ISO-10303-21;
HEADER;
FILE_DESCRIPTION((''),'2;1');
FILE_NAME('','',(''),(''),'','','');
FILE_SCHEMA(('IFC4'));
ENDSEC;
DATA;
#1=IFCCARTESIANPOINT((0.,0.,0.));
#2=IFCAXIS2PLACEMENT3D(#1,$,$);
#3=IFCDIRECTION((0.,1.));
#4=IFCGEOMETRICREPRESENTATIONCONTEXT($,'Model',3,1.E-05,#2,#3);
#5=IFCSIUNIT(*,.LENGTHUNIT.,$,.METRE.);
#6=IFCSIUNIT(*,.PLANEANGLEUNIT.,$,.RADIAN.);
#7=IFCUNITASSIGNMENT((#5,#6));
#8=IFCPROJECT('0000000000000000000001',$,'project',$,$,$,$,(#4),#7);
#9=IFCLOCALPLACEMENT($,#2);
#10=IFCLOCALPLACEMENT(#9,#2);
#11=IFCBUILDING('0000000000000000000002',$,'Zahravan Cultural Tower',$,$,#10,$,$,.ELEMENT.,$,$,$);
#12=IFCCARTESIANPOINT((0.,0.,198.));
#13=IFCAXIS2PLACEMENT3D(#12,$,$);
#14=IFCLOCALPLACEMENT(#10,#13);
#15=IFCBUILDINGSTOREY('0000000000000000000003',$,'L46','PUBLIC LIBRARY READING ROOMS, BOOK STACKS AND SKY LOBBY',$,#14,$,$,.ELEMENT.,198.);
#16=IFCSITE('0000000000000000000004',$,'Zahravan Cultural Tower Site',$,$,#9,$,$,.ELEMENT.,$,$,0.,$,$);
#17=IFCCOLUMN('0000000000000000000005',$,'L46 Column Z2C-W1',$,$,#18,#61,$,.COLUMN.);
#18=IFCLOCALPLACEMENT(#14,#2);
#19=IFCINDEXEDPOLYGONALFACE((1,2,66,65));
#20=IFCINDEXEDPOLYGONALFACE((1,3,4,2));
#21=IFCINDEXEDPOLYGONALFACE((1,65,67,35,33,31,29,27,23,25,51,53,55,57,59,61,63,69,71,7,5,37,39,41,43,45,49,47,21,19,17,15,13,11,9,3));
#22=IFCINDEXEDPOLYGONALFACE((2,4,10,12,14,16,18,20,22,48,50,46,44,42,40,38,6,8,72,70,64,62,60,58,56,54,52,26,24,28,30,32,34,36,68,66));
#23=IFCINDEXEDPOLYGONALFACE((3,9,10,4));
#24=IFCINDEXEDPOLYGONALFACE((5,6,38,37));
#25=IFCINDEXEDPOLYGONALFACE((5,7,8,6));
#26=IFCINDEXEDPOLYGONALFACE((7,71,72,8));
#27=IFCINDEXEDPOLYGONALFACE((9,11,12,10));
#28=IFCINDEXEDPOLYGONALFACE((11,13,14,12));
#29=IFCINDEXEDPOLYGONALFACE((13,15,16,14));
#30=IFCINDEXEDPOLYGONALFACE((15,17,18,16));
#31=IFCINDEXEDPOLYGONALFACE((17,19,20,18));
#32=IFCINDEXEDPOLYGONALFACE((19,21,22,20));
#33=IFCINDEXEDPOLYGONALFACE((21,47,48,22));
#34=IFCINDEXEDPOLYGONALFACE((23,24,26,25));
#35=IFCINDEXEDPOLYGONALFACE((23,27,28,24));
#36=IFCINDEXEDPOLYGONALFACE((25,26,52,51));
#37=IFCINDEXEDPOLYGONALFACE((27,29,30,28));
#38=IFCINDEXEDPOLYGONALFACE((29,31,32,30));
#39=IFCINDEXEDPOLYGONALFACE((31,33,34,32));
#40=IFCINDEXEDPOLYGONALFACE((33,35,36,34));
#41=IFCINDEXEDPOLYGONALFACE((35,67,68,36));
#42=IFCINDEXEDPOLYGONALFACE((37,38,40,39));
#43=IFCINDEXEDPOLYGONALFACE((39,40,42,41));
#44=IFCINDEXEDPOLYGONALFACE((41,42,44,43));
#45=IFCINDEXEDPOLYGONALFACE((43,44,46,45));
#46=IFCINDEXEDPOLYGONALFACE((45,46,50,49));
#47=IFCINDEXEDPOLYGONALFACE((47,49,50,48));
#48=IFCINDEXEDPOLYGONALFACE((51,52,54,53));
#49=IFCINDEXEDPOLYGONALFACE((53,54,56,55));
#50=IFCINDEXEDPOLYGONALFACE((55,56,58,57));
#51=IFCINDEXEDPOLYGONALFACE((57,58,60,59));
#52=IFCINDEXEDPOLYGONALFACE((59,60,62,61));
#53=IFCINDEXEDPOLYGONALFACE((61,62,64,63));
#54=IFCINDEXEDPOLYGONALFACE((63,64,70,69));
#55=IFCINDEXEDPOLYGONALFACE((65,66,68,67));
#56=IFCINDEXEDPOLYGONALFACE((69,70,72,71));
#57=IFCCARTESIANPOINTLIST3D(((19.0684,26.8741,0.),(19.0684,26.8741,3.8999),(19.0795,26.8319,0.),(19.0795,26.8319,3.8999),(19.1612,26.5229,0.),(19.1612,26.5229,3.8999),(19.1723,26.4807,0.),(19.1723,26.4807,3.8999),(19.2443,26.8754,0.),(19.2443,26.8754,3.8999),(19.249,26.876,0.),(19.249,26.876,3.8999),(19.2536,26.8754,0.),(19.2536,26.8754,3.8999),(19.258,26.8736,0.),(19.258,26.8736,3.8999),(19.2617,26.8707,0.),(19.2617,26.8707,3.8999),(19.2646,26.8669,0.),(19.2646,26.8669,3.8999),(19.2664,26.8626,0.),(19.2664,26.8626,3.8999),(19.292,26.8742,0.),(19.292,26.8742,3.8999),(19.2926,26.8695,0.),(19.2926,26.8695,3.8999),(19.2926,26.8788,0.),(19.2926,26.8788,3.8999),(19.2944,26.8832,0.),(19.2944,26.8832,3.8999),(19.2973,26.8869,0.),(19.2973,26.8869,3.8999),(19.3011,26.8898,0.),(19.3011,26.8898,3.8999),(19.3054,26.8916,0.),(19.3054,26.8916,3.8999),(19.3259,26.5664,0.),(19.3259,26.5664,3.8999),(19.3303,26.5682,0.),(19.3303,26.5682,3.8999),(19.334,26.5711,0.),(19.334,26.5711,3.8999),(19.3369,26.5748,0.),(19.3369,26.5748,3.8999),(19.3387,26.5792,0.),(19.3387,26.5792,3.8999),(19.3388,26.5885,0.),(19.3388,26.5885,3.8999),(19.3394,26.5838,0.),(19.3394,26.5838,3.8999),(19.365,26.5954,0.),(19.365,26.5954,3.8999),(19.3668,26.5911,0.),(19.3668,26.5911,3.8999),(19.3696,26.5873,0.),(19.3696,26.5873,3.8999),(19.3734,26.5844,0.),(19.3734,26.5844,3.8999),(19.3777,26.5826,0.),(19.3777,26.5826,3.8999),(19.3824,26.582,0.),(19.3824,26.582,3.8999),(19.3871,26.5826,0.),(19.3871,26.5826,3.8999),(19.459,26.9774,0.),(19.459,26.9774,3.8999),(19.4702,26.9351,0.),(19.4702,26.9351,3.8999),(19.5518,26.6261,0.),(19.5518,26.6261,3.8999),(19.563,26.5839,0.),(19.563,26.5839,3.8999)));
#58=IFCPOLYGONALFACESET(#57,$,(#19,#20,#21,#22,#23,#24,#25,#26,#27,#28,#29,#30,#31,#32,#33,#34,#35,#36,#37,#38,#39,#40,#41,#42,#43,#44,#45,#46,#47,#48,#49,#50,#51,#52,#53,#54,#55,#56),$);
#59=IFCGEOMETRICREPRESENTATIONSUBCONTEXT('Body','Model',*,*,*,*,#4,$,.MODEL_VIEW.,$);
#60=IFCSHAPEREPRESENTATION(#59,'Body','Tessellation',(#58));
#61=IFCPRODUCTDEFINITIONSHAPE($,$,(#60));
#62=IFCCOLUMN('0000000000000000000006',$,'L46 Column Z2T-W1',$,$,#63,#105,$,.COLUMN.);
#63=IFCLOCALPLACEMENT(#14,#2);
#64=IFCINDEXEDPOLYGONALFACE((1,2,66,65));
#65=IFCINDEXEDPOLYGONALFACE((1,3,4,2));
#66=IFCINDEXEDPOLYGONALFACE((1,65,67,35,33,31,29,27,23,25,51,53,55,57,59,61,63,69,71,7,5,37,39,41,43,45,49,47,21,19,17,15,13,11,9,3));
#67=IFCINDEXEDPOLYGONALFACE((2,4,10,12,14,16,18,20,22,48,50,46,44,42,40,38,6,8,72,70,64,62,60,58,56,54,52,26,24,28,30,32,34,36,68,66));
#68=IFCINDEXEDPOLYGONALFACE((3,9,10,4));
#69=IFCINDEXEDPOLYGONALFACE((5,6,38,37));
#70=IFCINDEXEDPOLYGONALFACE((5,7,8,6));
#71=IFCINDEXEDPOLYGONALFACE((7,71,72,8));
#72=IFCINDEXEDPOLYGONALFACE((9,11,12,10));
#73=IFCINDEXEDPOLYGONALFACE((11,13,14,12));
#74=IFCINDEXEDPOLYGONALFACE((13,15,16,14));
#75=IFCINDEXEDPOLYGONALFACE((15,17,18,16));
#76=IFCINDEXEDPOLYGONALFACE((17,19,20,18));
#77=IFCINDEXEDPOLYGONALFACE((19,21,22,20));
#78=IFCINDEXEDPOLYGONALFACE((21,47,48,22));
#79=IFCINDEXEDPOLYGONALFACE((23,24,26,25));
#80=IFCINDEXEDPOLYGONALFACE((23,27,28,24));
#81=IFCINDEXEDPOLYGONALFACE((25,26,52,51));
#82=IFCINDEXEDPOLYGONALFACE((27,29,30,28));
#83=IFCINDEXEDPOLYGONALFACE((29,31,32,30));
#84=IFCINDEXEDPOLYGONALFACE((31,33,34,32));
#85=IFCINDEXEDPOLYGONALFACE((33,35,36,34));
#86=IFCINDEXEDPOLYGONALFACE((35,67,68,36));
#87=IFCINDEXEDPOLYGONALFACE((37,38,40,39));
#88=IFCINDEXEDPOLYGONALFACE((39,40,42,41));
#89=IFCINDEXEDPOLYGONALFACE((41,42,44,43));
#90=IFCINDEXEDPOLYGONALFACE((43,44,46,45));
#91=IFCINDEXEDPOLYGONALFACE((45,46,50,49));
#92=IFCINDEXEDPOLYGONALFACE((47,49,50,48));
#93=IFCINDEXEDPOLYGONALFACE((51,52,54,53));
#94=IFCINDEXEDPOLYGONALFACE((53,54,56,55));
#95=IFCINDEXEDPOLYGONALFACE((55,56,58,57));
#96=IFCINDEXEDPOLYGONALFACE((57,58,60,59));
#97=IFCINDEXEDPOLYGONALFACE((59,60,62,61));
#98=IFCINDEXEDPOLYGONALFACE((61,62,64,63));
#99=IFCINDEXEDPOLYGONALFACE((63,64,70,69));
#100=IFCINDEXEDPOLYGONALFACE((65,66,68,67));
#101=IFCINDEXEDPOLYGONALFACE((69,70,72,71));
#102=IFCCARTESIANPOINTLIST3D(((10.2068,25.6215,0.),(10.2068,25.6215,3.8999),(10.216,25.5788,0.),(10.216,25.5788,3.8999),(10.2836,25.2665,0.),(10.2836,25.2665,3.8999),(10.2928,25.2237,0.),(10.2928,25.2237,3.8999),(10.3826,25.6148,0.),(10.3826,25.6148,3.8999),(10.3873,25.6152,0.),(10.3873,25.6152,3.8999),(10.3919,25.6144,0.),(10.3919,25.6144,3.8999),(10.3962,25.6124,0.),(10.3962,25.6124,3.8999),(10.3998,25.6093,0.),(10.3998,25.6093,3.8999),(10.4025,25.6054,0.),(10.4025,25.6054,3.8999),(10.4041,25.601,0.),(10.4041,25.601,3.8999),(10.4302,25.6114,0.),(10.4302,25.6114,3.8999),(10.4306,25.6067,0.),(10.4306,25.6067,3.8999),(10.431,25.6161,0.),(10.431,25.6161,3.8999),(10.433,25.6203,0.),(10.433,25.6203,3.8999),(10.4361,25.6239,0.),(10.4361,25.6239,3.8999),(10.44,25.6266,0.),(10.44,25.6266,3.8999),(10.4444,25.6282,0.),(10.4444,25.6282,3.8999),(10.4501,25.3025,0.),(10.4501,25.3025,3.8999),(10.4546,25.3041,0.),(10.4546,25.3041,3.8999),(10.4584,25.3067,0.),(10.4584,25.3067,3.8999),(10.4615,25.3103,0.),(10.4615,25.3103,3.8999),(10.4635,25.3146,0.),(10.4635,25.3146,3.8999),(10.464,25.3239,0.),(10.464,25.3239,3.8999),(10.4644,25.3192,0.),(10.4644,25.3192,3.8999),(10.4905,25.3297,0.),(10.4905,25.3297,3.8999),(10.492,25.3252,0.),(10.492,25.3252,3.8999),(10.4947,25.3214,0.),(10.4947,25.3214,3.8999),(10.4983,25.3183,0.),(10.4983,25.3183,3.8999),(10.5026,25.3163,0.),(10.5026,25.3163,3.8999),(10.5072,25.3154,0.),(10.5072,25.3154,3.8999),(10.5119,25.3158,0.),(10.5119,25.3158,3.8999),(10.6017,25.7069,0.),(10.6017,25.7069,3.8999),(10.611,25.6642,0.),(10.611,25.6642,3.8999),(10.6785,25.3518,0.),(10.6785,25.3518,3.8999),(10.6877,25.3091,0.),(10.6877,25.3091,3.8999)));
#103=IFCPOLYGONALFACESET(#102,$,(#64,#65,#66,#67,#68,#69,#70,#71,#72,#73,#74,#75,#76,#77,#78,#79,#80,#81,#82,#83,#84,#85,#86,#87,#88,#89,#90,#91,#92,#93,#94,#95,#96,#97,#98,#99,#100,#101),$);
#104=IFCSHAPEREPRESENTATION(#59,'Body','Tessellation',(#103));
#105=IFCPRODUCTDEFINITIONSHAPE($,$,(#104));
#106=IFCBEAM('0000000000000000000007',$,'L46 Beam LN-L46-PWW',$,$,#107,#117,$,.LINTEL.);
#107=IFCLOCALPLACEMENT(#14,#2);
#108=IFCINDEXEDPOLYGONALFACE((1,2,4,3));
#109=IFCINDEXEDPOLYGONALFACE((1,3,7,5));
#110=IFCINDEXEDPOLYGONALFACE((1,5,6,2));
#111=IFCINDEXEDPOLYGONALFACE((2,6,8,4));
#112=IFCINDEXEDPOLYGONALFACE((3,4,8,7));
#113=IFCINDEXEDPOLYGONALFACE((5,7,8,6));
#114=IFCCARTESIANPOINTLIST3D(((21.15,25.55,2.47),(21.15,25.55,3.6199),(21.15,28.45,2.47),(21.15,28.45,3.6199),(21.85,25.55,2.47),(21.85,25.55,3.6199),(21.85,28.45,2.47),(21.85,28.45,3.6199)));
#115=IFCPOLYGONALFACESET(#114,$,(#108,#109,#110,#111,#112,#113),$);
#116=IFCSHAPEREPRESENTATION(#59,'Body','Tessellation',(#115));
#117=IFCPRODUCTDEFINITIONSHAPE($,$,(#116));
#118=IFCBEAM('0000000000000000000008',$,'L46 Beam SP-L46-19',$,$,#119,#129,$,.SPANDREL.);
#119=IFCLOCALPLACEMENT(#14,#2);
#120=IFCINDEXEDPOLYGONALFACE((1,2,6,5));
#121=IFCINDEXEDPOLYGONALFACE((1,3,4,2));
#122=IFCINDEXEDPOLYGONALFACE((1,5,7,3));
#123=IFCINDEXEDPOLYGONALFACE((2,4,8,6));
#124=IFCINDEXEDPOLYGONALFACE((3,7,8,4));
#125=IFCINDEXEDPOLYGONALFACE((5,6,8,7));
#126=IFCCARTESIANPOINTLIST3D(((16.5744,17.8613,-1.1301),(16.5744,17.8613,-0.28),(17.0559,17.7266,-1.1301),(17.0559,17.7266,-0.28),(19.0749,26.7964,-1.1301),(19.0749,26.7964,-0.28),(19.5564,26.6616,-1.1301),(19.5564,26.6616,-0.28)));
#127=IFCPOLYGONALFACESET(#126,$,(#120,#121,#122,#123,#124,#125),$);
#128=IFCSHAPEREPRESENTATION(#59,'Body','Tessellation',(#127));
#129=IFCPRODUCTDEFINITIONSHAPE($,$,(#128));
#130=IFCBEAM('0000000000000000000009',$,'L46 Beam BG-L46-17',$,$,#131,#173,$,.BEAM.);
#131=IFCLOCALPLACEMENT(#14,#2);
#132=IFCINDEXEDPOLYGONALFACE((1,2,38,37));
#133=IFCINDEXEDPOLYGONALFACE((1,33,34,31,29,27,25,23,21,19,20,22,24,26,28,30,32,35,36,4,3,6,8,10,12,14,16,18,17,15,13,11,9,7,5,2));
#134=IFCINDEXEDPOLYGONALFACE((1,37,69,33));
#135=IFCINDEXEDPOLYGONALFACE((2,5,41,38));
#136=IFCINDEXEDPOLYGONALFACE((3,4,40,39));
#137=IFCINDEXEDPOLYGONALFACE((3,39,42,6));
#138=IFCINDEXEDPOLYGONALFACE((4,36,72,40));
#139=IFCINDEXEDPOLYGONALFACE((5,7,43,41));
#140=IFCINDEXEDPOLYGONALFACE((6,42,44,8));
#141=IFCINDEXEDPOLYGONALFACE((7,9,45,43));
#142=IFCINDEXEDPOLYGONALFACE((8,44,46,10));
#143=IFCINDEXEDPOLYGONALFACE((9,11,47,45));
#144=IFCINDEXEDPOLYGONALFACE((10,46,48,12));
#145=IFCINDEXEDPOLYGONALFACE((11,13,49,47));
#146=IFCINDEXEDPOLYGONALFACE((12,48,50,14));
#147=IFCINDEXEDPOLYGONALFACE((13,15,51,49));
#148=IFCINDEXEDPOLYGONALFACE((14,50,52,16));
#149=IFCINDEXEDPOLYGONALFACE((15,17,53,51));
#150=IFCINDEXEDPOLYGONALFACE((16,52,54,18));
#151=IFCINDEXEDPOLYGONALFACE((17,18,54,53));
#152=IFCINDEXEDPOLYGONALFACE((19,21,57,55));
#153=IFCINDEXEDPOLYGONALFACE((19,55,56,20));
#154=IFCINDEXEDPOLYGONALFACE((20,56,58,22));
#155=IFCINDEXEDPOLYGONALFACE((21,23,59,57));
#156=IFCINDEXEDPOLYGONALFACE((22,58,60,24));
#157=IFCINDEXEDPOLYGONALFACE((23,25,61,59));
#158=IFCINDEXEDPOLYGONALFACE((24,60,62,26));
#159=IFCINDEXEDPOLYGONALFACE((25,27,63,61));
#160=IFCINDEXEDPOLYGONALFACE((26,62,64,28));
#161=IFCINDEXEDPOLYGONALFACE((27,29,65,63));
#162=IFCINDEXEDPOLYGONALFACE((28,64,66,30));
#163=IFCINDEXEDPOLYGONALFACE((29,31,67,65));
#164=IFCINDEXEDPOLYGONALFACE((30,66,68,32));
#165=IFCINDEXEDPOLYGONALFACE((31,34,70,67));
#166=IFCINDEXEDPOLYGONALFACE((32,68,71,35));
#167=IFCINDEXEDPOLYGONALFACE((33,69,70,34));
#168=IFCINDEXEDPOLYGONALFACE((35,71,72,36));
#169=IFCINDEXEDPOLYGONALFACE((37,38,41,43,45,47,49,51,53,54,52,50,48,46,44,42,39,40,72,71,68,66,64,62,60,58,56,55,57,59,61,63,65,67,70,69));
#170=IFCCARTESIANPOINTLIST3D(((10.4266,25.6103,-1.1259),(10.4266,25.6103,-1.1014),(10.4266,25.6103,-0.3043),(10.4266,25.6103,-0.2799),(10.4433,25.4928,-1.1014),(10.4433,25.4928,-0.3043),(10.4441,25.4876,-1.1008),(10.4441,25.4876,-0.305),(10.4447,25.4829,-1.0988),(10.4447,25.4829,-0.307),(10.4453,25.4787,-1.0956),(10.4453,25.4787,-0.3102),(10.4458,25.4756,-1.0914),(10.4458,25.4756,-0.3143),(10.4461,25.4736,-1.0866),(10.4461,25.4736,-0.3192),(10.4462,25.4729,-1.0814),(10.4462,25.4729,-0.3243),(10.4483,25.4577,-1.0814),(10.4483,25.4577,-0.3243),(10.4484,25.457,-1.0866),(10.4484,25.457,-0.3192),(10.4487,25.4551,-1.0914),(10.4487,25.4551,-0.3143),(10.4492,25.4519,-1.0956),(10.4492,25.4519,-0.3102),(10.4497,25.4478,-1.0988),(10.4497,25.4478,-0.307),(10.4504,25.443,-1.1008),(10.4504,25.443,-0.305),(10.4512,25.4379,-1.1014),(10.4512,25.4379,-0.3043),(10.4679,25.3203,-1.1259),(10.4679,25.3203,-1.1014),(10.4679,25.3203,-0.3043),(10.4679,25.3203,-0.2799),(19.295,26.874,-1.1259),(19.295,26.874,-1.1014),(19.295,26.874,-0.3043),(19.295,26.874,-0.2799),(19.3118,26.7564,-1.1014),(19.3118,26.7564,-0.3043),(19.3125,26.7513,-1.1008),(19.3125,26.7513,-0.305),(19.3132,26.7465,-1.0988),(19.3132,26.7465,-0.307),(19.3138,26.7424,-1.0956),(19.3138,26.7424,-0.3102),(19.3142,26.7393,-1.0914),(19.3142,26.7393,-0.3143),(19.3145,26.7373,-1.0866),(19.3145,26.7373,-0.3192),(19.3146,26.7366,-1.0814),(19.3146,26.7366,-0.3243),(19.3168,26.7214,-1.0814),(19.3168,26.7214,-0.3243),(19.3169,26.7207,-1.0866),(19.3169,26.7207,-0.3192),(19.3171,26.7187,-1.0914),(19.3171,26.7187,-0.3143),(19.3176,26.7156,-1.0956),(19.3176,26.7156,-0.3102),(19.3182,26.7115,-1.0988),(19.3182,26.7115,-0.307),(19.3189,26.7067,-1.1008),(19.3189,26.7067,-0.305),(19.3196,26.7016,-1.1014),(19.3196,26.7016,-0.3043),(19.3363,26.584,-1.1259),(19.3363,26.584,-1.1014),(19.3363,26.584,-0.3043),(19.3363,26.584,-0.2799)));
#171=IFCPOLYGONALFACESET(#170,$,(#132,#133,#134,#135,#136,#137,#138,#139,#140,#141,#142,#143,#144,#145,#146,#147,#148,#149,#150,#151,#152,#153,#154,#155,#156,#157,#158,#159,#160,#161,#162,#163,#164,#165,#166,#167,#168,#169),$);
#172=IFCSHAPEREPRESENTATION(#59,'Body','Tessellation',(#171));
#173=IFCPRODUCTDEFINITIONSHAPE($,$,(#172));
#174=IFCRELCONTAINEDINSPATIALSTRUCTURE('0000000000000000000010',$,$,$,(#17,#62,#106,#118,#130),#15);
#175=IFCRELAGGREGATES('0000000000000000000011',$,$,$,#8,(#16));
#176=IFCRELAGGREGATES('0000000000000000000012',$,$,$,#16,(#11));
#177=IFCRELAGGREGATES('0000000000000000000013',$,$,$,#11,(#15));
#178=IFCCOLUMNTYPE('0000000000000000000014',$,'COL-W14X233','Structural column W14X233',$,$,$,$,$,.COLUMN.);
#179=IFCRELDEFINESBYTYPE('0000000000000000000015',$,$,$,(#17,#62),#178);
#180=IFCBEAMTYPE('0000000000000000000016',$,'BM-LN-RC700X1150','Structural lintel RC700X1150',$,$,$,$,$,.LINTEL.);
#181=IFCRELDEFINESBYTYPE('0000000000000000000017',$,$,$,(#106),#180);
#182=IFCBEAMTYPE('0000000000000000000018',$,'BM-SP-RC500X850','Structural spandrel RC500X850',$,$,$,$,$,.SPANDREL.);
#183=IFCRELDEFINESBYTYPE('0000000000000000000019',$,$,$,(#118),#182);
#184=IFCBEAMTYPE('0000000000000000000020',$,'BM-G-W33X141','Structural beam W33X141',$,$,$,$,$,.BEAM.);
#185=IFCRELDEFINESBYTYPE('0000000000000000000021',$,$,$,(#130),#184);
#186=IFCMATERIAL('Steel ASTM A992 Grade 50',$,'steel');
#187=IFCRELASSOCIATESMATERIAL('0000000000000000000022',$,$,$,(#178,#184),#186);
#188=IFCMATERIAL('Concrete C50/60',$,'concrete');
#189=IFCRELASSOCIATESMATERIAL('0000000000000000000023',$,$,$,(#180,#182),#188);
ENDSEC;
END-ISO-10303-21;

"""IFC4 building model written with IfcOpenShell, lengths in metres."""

from ifc_helpers import new_model, si_unit, direction, frame, origin, origin_2d, place, context, subcontext, project, spatial, rectangle, i_section, extrude, source, transform, mapped, material, material_profile, profile_set, type_object, element, save


model = new_model("IFC4")

# Units and contexts
model_context = context("Model", 3, precision=1e-05, world=origin(), true_north=direction((0.0, 1.0)))
body_context = subcontext(model_context, "Body", "Model", "MODEL_VIEW")
ifc_project = project(units=[si_unit("LENGTHUNIT", "METRE"), si_unit("PLANEANGLEUNIT", "RADIAN")], contexts=[model_context])

# Site, building, storey
site_placement = place(None, origin())
site = spatial("IfcSite", under=ifc_project, at=site_placement, Name="Zahravan Cultural Tower Site", CompositionType="ELEMENT", RefElevation=0.0)
building_placement = place(site_placement, origin())
building = spatial("IfcBuilding", under=site, at=building_placement, Name="Zahravan Cultural Tower", CompositionType="ELEMENT")
storey_placement = place(building_placement, frame((0.0, 0.0, 198.0)))
storey = spatial("IfcBuildingStorey", under=building, at=storey_placement, Name="L46", Description="PUBLIC LIBRARY READING ROOMS, BOOK STACKS AND SKY LOBBY", CompositionType="ELEMENT", Elevation=198.0)

# Columns
ifc_material_1 = material(Name="Steel ASTM A992 Grade 50", Category="steel")
ifc_material_profile_1 = material_profile(ifc_material_1, i_section(OverallWidth=0.4041, OverallDepth=0.407, WebThickness=0.0271, FlangeThickness=0.0437, FilletRadius=0.0181, at=origin_2d()), Name="W14X233")
ifc_profile_set_1 = profile_set([ifc_material_profile_1], Name="Steel ASTM A992 Grade 50")
column_type = type_object("IfcColumnType", Name="COL-W14X233", Description="Structural column W14X233", PredefinedType="COLUMN", material=ifc_profile_set_1)
shared_shape_1 = source(origin(), body_context, "Body", "SweptSolid", [
    extrude(i_section(OverallWidth=0.4041, OverallDepth=0.407, WebThickness=0.0271, FlangeThickness=0.0437, FilletRadius=0.0181, at=origin_2d()), origin(), (0.0, 0.0, 1.0), 3.8999),
])
for number, where, z_axis, x_axis, name in (
    (1, (19.3157, 26.729, 0.0), (0.0, 0.0, 1.0), (0.966823, 0.255446, 0.0), "L46 Column Z2C-W1"),
    (2, (10.4473, 25.4653, 0.0), (0.0, 0.0, 1.0), (0.977416, 0.211325, 0.0), "L46 Column Z2T-W1"),
):
    element("IfcColumn", number, at=place(storey_placement, frame(where, z_axis=z_axis, x_axis=x_axis)), inside=storey, type_object=column_type, Name=name, PredefinedType="COLUMN", context=body_context, shape_type="MappedRepresentation", body=[
        mapped(shared_shape_1, transform((0.0, 0.0, 0.0), x_axis=(1.0, 0.0, 0.0), y_axis=(0.0, 1.0, 0.0), z_axis=(0.0, 0.0, 1.0), scale=1.0)),
    ])

# Beams
ifc_material_2 = material(Name="Concrete C50/60", Category="concrete")
ifc_material_profile_2 = material_profile(ifc_material_2, rectangle(XDim=0.7, YDim=1.1499, at=origin_2d()), Name="RC700X1150")
ifc_profile_set_2 = profile_set([ifc_material_profile_2], Name="Concrete C50/60")
beam_type_1 = type_object("IfcBeamType", Name="BM-LN-RC700X1150", Description="Structural lintel RC700X1150", PredefinedType="LINTEL", material=ifc_profile_set_2)
shared_shape_2 = source(origin(), body_context, "Body", "SweptSolid", [
    extrude(rectangle(XDim=0.7, YDim=1.1499, at=origin_2d()), origin(), (0.0, 0.0, 1.0), 2.8999),
])
beam_1_placement = place(storey_placement, frame((21.5, 25.55, 3.0449), z_axis=(0.0, 1.0, 0.0), x_axis=(-1.0, 0.0, 0.0)))
element("IfcBeam", 3, at=beam_1_placement, inside=storey, type_object=beam_type_1, Name="L46 Beam LN-L46-PWW", PredefinedType="LINTEL", context=body_context, shape_type="MappedRepresentation", body=[
    mapped(shared_shape_2, transform((0.0, 0.0, 0.0), x_axis=(1.0, 0.0, 0.0), y_axis=(0.0, 1.0, 0.0), z_axis=(0.0, 0.0, 1.0), scale=1.0)),
])
ifc_material_profile_3 = material_profile(ifc_material_2, rectangle(XDim=0.5, YDim=0.8501, at=origin_2d()), Name="RC500X850")
ifc_profile_set_3 = profile_set([ifc_material_profile_3], Name="Concrete C50/60")
beam_type_2 = type_object("IfcBeamType", Name="BM-SP-RC500X850", Description="Structural spandrel RC500X850", PredefinedType="SPANDREL", material=ifc_profile_set_3)
shared_shape_3 = source(origin(), body_context, "Body", "SweptSolid", [
    extrude(rectangle(XDim=0.5, YDim=0.8501, at=origin_2d()), origin(), (0.0, 0.0, 1.0), 9.2783),
])
beam_2_placement = place(storey_placement, frame((19.3157, 26.729, -0.7051), z_axis=(-0.269497, -0.963001, 0.0), x_axis=(0.963001, -0.269497, 0.0)))
element("IfcBeam", 4, at=beam_2_placement, inside=storey, type_object=beam_type_2, Name="L46 Beam SP-L46-19", PredefinedType="SPANDREL", context=body_context, shape_type="MappedRepresentation", body=[
    mapped(shared_shape_3, transform((0.0, 0.0, 0.0), x_axis=(1.0, 0.0, 0.0), y_axis=(0.0, 1.0, 0.0), z_axis=(0.0, 0.0, 1.0), scale=1.0)),
])
ifc_material_profile_4 = material_profile(ifc_material_1, i_section(OverallWidth=0.293, OverallDepth=0.8459, WebThickness=0.0154, FlangeThickness=0.0244, FilletRadius=0.02, at=origin_2d()), Name="W33X141")
ifc_profile_set_4 = profile_set([ifc_material_profile_4], Name="Steel ASTM A992 Grade 50")
beam_type_3 = type_object("IfcBeamType", Name="BM-G-W33X141", Description="Structural beam W33X141", PredefinedType="BEAM", material=ifc_profile_set_4)
shared_shape_4 = source(origin(), body_context, "Body", "SweptSolid", [
    extrude(i_section(OverallWidth=0.293, OverallDepth=0.8459, WebThickness=0.0154, FlangeThickness=0.0244, FilletRadius=0.02, at=origin_2d()), origin(), (0.0, 0.0, 1.0), 8.958),
])
beam_3_placement = place(storey_placement, frame((19.3157, 26.729, -0.7029), z_axis=(-0.99, -0.141067, 0.0), x_axis=(0.141067, -0.99, 0.0)))
element("IfcBeam", 5, at=beam_3_placement, inside=storey, type_object=beam_type_3, Name="L46 Beam BG-L46-17", PredefinedType="BEAM", context=body_context, shape_type="MappedRepresentation", body=[
    mapped(shared_shape_4, transform((0.0, 0.0, 0.0), x_axis=(1.0, 0.0, 0.0), y_axis=(0.0, 1.0, 0.0), z_axis=(0.0, 0.0, 1.0), scale=1.0)),
])

save(model, "model.ifc")
